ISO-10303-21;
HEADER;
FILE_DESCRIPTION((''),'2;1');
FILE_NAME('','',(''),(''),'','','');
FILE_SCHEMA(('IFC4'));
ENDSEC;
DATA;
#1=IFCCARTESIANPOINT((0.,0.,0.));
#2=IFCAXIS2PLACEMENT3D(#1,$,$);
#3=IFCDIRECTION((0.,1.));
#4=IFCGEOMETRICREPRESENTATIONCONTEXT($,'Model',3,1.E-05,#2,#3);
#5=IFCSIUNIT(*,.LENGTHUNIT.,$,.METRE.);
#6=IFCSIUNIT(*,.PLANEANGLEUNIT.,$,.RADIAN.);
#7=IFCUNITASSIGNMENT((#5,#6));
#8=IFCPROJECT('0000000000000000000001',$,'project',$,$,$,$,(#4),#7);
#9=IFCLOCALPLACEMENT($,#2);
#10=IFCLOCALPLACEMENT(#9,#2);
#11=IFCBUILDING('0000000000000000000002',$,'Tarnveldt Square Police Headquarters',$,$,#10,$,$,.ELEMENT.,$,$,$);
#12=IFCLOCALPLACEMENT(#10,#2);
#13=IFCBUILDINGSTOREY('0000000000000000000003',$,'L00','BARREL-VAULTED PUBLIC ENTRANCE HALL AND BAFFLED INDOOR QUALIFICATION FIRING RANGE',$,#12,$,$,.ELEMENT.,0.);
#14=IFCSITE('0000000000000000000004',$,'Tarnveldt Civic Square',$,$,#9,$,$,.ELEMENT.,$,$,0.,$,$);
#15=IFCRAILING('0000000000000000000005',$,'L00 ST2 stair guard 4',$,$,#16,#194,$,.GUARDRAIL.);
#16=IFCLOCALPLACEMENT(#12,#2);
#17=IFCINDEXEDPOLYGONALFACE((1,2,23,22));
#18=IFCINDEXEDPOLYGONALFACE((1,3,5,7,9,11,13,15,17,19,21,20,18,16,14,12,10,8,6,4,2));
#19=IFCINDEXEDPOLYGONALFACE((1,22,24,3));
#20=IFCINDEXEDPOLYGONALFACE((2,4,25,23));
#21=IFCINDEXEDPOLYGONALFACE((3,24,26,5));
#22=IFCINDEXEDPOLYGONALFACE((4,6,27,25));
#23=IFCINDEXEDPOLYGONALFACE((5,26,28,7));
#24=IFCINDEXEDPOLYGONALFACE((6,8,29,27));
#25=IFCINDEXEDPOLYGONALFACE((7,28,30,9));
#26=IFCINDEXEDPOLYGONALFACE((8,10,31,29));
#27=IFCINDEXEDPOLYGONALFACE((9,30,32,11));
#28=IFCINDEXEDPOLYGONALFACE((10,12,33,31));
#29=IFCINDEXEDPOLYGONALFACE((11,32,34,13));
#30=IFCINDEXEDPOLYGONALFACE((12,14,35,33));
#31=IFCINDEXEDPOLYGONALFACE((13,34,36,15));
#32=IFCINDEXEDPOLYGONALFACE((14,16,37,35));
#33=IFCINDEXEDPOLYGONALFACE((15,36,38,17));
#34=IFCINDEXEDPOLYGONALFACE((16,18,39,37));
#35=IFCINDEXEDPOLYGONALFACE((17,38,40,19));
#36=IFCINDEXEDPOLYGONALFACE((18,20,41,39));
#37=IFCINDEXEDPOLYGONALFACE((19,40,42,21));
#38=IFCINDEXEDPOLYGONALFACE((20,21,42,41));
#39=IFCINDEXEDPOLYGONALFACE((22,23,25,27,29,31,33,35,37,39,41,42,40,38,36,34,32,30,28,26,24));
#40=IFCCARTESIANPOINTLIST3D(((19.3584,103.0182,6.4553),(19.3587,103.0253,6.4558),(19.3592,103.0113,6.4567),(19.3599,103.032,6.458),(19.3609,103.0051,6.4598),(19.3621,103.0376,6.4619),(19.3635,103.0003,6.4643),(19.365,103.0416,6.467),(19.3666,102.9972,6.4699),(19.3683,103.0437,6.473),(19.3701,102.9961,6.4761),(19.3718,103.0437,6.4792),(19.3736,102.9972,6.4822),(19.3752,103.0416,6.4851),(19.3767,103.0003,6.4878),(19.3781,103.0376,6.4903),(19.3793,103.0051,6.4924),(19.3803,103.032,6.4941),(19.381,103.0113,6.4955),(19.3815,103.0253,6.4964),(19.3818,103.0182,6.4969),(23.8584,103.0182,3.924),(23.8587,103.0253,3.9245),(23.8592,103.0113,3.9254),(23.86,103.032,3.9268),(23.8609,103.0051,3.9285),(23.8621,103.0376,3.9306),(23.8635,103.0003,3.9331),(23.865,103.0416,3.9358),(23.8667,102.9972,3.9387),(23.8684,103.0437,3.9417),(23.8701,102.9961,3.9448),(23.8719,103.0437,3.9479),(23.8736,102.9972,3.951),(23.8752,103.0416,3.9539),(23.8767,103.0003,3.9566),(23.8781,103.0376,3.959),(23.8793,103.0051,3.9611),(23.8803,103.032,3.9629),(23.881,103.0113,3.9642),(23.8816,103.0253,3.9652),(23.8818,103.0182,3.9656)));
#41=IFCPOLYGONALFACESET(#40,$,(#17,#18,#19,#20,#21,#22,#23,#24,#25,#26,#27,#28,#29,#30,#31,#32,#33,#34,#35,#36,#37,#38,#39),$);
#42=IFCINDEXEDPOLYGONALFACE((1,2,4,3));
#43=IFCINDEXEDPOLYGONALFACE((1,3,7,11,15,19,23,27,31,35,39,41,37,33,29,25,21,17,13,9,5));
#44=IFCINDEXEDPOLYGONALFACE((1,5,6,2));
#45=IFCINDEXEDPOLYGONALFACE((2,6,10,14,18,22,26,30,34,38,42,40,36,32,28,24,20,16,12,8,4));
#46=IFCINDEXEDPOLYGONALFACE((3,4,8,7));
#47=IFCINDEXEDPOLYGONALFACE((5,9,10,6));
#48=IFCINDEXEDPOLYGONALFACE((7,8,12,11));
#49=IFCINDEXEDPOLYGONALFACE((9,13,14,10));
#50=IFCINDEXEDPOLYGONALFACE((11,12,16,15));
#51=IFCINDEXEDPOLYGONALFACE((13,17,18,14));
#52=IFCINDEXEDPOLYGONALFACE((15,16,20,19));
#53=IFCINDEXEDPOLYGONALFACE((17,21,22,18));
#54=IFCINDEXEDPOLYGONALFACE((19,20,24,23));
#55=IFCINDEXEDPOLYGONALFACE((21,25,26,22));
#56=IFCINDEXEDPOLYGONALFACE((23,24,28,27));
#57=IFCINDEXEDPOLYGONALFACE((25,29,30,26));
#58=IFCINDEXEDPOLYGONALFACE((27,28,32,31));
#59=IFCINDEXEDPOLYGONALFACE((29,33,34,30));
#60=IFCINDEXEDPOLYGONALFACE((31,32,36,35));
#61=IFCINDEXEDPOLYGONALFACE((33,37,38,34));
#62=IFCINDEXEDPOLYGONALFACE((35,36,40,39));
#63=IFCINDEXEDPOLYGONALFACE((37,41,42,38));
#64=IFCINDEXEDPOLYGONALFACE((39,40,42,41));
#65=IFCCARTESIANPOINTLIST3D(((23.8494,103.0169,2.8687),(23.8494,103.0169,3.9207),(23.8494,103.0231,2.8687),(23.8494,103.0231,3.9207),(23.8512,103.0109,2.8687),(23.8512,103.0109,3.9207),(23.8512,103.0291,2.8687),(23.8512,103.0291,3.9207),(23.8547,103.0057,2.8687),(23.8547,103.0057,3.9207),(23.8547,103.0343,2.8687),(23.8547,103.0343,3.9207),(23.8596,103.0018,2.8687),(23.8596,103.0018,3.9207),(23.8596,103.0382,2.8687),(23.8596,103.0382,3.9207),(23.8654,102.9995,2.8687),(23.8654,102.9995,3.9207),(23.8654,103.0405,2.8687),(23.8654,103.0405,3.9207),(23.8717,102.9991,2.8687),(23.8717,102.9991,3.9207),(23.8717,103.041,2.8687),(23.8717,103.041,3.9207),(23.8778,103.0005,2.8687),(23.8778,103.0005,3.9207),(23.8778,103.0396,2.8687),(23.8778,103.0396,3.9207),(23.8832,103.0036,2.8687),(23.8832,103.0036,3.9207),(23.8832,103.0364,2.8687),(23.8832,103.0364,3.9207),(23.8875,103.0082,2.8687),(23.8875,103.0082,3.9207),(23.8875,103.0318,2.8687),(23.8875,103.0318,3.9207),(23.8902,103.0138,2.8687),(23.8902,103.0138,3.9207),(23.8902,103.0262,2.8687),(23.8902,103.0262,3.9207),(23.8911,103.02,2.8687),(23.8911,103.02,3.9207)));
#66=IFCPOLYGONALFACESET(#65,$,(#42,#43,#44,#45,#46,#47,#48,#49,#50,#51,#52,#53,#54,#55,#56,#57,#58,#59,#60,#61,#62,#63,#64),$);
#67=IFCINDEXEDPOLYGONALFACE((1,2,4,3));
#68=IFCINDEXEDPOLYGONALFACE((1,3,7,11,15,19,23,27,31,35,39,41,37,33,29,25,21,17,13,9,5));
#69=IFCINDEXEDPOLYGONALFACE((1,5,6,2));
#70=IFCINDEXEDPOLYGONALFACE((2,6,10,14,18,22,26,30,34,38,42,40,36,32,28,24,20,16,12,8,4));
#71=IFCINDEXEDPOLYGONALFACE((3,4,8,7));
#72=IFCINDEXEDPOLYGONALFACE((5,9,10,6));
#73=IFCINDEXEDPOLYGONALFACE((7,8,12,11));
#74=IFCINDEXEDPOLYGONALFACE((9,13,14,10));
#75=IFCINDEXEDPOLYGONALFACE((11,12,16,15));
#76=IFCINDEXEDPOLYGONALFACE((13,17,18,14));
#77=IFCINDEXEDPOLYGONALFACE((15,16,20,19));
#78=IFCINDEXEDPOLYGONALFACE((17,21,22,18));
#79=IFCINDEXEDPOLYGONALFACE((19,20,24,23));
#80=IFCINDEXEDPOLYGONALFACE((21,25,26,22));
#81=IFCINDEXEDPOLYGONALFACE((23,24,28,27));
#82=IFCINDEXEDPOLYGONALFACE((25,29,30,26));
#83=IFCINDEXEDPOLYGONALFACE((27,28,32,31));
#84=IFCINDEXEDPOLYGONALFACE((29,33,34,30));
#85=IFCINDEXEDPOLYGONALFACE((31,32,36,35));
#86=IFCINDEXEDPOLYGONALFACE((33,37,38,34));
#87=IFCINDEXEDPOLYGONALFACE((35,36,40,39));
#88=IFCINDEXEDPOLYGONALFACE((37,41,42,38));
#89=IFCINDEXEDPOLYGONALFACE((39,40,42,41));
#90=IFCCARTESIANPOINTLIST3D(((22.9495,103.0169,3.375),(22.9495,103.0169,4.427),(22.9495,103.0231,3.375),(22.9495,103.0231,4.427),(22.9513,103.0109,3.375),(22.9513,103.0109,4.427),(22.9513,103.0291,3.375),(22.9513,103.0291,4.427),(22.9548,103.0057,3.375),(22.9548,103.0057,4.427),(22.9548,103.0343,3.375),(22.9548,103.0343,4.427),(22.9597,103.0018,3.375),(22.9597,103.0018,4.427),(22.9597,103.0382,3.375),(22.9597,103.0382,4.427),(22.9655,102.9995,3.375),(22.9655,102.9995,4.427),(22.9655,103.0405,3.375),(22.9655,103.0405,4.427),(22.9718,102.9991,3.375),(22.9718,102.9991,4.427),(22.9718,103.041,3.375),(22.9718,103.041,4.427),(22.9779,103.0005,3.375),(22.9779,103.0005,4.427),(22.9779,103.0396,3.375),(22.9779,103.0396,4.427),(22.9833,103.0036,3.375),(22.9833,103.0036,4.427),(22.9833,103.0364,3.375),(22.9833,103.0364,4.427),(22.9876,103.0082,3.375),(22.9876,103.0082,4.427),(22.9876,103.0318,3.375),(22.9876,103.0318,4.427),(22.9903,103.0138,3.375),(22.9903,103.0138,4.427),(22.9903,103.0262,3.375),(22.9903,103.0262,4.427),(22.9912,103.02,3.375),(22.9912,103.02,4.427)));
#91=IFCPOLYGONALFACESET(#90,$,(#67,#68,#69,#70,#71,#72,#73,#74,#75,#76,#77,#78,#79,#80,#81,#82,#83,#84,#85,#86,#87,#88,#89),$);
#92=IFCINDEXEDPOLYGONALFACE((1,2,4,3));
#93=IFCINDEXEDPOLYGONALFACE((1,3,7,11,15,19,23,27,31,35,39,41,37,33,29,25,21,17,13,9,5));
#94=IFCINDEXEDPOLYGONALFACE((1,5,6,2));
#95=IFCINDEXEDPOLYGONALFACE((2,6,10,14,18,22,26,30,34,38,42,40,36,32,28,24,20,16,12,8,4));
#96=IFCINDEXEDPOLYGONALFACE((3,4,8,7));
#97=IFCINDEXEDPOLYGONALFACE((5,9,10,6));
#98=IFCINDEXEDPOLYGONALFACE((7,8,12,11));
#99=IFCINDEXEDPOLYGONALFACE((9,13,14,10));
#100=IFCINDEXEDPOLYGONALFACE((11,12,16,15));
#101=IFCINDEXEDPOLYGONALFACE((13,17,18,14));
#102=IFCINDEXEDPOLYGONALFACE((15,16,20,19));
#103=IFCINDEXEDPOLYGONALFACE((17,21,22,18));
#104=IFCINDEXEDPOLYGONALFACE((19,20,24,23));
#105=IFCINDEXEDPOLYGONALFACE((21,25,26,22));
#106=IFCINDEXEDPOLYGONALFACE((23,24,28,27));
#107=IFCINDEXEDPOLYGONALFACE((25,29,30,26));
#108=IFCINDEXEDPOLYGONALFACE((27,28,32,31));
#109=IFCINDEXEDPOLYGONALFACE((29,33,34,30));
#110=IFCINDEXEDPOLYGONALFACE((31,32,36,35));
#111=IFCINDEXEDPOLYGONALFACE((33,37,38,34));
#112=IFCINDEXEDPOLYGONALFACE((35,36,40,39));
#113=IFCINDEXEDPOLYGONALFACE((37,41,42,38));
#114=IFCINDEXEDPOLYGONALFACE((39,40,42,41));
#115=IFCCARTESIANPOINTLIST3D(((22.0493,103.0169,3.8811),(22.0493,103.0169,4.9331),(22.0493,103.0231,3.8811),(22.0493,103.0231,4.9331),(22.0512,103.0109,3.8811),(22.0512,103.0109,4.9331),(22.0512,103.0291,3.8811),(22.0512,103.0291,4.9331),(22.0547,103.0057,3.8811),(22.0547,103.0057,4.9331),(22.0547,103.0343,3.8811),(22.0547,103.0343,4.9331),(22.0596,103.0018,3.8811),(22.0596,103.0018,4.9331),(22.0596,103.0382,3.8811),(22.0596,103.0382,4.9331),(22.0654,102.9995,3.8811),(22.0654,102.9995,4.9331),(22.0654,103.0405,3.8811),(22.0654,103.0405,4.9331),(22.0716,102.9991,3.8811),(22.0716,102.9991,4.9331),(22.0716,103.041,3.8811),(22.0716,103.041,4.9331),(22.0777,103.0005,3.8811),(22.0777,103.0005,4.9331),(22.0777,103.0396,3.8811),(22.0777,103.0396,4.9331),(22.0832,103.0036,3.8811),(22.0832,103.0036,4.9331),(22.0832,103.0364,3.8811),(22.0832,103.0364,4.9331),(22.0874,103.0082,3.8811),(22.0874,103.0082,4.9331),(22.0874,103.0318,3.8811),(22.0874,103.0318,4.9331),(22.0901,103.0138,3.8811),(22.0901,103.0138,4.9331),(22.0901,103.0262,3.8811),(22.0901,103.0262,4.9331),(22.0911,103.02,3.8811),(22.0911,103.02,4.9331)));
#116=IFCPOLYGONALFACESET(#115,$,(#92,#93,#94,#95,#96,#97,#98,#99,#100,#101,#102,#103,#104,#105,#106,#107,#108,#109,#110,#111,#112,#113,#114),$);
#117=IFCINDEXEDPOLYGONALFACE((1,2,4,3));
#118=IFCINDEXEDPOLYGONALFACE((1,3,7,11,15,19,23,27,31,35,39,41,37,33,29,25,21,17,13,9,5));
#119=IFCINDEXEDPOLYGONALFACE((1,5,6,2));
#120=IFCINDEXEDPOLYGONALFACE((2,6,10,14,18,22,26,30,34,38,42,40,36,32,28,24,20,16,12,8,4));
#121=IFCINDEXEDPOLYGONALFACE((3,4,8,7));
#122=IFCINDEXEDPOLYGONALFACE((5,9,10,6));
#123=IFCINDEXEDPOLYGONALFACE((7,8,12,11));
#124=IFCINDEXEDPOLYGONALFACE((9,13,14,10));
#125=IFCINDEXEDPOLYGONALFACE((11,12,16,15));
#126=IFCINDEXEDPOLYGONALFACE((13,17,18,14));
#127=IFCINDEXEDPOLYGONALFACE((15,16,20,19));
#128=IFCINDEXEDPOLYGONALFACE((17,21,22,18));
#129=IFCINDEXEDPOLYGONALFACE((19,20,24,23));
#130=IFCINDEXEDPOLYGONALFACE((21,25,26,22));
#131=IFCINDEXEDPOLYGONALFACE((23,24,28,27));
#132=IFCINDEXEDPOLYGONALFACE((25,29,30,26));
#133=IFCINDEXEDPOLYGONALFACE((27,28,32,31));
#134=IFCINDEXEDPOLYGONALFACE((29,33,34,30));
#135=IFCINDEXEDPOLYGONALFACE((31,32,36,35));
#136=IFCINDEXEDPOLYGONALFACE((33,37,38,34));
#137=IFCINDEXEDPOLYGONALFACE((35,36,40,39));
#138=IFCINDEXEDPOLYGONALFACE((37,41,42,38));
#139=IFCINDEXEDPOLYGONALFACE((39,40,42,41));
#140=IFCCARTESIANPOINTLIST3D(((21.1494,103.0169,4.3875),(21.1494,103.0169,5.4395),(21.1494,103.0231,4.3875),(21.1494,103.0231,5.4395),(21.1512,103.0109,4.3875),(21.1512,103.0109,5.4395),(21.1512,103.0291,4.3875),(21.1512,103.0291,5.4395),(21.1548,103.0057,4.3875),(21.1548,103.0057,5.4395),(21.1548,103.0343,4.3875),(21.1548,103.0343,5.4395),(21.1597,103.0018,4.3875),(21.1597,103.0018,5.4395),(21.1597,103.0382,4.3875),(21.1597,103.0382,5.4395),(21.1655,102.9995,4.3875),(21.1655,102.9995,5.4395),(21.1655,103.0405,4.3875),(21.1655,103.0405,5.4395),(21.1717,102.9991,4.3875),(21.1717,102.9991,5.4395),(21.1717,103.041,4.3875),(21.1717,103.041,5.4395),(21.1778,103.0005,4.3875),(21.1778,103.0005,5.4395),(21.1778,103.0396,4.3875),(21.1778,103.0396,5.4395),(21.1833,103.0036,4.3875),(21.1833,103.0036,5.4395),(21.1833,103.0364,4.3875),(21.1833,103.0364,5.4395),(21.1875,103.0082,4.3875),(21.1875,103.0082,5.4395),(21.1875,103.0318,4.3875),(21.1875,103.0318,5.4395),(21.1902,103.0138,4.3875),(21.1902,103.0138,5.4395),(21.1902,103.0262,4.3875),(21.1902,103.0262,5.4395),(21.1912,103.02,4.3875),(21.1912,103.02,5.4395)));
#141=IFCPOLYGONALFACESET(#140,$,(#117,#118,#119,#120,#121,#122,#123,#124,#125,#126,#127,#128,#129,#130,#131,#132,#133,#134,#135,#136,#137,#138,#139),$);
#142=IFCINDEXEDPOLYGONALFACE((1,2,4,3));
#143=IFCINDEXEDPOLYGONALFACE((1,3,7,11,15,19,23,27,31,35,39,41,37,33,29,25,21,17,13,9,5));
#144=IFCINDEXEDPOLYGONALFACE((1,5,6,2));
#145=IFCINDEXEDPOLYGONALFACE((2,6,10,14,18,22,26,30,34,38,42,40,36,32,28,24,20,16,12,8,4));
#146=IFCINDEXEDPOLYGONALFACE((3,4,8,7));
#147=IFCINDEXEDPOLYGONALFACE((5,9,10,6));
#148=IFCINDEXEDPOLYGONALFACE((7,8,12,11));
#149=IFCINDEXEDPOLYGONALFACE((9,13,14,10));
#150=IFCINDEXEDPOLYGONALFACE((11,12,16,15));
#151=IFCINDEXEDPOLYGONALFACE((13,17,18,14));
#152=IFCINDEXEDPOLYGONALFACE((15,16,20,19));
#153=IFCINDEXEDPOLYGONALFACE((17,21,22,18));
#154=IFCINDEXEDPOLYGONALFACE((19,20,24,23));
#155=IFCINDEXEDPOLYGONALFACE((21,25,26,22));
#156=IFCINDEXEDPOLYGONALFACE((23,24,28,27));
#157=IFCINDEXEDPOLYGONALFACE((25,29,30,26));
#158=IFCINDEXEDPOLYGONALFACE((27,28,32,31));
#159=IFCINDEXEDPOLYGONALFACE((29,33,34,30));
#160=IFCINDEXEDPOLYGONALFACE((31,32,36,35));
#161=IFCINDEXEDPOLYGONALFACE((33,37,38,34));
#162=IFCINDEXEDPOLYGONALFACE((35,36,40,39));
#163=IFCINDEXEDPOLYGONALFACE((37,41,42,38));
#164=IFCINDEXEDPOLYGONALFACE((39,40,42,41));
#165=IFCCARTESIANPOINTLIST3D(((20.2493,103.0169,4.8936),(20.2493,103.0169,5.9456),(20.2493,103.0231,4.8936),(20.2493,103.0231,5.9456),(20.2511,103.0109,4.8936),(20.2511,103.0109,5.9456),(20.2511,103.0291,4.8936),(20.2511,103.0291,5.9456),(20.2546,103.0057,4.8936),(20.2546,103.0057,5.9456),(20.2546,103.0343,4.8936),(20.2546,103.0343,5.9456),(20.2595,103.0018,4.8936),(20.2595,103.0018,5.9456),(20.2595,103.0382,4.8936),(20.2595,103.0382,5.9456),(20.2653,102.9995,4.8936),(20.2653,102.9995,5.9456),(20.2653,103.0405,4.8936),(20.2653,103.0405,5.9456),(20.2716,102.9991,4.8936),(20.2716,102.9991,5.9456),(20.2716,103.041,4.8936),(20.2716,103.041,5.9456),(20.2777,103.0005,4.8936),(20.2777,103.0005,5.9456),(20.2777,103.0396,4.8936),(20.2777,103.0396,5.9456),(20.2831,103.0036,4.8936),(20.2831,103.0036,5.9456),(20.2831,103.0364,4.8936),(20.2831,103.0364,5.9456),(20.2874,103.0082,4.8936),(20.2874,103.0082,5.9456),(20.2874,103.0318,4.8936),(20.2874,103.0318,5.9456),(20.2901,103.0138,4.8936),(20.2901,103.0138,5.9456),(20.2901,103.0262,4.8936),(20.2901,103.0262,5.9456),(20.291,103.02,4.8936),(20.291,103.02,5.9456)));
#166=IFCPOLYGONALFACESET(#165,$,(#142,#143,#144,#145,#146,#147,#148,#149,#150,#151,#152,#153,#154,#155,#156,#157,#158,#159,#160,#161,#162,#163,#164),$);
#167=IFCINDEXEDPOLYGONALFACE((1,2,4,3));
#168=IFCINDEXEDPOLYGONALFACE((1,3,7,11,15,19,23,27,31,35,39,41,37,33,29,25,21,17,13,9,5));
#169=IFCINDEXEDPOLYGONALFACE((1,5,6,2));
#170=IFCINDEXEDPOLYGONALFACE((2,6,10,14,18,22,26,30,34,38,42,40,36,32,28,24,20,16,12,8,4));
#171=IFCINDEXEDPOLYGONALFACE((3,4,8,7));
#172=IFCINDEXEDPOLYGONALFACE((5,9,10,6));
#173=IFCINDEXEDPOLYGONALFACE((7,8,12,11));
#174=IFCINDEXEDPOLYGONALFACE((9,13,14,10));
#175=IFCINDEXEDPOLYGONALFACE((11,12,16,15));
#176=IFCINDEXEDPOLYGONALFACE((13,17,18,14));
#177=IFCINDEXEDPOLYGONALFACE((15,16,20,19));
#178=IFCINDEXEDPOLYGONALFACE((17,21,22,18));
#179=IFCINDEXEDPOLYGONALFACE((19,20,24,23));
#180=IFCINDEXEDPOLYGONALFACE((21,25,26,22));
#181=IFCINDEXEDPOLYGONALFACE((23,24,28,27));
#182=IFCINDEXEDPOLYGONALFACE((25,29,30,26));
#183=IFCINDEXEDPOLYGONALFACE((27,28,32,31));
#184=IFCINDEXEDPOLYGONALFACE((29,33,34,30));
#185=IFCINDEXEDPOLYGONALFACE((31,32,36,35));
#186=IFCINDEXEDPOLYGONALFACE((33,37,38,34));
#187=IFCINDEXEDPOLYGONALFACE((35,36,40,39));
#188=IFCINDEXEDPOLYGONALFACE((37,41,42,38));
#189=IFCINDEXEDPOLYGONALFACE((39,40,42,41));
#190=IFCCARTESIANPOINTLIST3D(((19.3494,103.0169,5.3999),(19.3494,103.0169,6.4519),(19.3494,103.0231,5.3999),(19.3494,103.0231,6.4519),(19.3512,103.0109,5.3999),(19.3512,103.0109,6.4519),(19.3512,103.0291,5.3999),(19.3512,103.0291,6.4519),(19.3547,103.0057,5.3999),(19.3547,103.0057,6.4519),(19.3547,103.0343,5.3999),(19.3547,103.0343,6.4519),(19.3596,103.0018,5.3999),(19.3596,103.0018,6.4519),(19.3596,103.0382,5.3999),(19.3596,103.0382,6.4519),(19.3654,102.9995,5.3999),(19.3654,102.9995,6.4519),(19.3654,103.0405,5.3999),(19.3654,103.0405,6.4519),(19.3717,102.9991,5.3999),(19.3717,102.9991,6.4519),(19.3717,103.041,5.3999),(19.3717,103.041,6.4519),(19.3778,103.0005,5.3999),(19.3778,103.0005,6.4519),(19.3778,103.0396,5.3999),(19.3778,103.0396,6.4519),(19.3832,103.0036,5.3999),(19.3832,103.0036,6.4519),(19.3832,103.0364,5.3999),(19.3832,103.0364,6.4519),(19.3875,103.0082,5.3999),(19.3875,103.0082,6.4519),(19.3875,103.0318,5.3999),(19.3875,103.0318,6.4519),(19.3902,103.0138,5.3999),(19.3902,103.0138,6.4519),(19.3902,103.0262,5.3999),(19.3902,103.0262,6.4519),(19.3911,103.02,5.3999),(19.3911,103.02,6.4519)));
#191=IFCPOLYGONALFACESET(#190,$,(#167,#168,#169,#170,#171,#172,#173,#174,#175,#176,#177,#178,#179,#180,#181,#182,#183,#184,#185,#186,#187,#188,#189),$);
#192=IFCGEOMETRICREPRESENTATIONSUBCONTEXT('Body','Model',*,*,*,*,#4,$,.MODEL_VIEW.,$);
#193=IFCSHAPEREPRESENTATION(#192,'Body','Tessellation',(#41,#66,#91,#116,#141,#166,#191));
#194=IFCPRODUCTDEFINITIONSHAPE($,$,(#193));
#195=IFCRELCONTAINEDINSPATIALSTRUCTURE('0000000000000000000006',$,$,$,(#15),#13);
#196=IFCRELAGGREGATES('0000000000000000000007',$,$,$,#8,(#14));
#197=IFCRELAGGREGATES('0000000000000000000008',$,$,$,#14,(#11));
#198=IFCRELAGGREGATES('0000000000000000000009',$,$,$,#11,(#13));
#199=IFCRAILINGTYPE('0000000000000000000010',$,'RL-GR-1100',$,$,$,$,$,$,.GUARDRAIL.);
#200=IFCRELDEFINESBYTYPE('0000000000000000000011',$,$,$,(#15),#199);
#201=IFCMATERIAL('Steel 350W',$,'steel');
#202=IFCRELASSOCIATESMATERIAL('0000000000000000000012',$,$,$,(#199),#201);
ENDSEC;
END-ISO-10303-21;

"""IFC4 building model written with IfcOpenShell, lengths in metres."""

from ifc_helpers import new_model, si_unit, direction, frame, origin, origin_2d, place, context, subcontext, project, spatial, circle, extrude, material, type_object, element, save


model = new_model("IFC4")

# Units and contexts
model_context = context("Model", 3, precision=1e-05, world=origin(), true_north=direction((0.0, 1.0)))
body_context = subcontext(model_context, "Body", "Model", "MODEL_VIEW")
ifc_project = project(units=[si_unit("LENGTHUNIT", "METRE"), si_unit("PLANEANGLEUNIT", "RADIAN")], contexts=[model_context])

# Site, building, storey
site_placement = place(None, origin())
site = spatial("IfcSite", under=ifc_project, at=site_placement, Name="Tarnveldt Civic Square", CompositionType="ELEMENT", RefElevation=0.0)
building_placement = place(site_placement, origin())
building = spatial("IfcBuilding", under=site, at=building_placement, Name="Tarnveldt Square Police Headquarters", CompositionType="ELEMENT")
storey_placement = place(building_placement, origin())
storey = spatial("IfcBuildingStorey", under=building, at=storey_placement, Name="L00", Description="BARREL-VAULTED PUBLIC ENTRANCE HALL AND BAFFLED INDOOR QUALIFICATION FIRING RANGE", CompositionType="ELEMENT", Elevation=0.0)

# Shared definitions
ifc_material_1 = material(Name="Steel 350W", Category="steel")

# Railing
railing_type_1 = type_object("IfcRailingType", Name="RL-GR-1100", PredefinedType="GUARDRAIL", material=ifc_material_1)
railing_1_placement = place(storey_placement, frame((23.8701, 103.02, 2.8687)))
element("IfcRailing", 1, at=railing_1_placement, inside=storey, type_object=railing_type_1, Name="L00 ST2 stair guard 4", PredefinedType="GUARDRAIL", context=body_context, shape_type="SweptSolid", body=[
    extrude(circle(Radius=0.0239, at=origin_2d()), frame((0.0, 0.0, 1.0762), z_axis=(-0.871576, 0.0, 0.490261), x_axis=(0.0, -1.0, 0.0)), (0.0, 0.0, 1.0), 5.1631),
    extrude(circle(Radius=0.021, at=origin_2d()), origin(), (0.0, 0.0, 1.0), 1.052),
    extrude(circle(Radius=0.021, at=origin_2d()), frame((-0.8999, 0.0, 0.5063)), (0.0, 0.0, 1.0), 1.052),
    extrude(circle(Radius=0.021, at=origin_2d()), frame((-1.8, 0.0, 1.0125)), (0.0, 0.0, 1.0), 1.052),
    extrude(circle(Radius=0.021, at=origin_2d()), frame((-2.7, 0.0, 1.5188)), (0.0, 0.0, 1.0), 1.052),
    extrude(circle(Radius=0.021, at=origin_2d()), frame((-3.6001, 0.0, 2.0249)), (0.0, 0.0, 1.0), 1.052),
    extrude(circle(Radius=0.021, at=origin_2d()), frame((-4.5, 0.0, 2.5312)), (0.0, 0.0, 1.0), 1.052),
])

save(model, "model.ifc")
